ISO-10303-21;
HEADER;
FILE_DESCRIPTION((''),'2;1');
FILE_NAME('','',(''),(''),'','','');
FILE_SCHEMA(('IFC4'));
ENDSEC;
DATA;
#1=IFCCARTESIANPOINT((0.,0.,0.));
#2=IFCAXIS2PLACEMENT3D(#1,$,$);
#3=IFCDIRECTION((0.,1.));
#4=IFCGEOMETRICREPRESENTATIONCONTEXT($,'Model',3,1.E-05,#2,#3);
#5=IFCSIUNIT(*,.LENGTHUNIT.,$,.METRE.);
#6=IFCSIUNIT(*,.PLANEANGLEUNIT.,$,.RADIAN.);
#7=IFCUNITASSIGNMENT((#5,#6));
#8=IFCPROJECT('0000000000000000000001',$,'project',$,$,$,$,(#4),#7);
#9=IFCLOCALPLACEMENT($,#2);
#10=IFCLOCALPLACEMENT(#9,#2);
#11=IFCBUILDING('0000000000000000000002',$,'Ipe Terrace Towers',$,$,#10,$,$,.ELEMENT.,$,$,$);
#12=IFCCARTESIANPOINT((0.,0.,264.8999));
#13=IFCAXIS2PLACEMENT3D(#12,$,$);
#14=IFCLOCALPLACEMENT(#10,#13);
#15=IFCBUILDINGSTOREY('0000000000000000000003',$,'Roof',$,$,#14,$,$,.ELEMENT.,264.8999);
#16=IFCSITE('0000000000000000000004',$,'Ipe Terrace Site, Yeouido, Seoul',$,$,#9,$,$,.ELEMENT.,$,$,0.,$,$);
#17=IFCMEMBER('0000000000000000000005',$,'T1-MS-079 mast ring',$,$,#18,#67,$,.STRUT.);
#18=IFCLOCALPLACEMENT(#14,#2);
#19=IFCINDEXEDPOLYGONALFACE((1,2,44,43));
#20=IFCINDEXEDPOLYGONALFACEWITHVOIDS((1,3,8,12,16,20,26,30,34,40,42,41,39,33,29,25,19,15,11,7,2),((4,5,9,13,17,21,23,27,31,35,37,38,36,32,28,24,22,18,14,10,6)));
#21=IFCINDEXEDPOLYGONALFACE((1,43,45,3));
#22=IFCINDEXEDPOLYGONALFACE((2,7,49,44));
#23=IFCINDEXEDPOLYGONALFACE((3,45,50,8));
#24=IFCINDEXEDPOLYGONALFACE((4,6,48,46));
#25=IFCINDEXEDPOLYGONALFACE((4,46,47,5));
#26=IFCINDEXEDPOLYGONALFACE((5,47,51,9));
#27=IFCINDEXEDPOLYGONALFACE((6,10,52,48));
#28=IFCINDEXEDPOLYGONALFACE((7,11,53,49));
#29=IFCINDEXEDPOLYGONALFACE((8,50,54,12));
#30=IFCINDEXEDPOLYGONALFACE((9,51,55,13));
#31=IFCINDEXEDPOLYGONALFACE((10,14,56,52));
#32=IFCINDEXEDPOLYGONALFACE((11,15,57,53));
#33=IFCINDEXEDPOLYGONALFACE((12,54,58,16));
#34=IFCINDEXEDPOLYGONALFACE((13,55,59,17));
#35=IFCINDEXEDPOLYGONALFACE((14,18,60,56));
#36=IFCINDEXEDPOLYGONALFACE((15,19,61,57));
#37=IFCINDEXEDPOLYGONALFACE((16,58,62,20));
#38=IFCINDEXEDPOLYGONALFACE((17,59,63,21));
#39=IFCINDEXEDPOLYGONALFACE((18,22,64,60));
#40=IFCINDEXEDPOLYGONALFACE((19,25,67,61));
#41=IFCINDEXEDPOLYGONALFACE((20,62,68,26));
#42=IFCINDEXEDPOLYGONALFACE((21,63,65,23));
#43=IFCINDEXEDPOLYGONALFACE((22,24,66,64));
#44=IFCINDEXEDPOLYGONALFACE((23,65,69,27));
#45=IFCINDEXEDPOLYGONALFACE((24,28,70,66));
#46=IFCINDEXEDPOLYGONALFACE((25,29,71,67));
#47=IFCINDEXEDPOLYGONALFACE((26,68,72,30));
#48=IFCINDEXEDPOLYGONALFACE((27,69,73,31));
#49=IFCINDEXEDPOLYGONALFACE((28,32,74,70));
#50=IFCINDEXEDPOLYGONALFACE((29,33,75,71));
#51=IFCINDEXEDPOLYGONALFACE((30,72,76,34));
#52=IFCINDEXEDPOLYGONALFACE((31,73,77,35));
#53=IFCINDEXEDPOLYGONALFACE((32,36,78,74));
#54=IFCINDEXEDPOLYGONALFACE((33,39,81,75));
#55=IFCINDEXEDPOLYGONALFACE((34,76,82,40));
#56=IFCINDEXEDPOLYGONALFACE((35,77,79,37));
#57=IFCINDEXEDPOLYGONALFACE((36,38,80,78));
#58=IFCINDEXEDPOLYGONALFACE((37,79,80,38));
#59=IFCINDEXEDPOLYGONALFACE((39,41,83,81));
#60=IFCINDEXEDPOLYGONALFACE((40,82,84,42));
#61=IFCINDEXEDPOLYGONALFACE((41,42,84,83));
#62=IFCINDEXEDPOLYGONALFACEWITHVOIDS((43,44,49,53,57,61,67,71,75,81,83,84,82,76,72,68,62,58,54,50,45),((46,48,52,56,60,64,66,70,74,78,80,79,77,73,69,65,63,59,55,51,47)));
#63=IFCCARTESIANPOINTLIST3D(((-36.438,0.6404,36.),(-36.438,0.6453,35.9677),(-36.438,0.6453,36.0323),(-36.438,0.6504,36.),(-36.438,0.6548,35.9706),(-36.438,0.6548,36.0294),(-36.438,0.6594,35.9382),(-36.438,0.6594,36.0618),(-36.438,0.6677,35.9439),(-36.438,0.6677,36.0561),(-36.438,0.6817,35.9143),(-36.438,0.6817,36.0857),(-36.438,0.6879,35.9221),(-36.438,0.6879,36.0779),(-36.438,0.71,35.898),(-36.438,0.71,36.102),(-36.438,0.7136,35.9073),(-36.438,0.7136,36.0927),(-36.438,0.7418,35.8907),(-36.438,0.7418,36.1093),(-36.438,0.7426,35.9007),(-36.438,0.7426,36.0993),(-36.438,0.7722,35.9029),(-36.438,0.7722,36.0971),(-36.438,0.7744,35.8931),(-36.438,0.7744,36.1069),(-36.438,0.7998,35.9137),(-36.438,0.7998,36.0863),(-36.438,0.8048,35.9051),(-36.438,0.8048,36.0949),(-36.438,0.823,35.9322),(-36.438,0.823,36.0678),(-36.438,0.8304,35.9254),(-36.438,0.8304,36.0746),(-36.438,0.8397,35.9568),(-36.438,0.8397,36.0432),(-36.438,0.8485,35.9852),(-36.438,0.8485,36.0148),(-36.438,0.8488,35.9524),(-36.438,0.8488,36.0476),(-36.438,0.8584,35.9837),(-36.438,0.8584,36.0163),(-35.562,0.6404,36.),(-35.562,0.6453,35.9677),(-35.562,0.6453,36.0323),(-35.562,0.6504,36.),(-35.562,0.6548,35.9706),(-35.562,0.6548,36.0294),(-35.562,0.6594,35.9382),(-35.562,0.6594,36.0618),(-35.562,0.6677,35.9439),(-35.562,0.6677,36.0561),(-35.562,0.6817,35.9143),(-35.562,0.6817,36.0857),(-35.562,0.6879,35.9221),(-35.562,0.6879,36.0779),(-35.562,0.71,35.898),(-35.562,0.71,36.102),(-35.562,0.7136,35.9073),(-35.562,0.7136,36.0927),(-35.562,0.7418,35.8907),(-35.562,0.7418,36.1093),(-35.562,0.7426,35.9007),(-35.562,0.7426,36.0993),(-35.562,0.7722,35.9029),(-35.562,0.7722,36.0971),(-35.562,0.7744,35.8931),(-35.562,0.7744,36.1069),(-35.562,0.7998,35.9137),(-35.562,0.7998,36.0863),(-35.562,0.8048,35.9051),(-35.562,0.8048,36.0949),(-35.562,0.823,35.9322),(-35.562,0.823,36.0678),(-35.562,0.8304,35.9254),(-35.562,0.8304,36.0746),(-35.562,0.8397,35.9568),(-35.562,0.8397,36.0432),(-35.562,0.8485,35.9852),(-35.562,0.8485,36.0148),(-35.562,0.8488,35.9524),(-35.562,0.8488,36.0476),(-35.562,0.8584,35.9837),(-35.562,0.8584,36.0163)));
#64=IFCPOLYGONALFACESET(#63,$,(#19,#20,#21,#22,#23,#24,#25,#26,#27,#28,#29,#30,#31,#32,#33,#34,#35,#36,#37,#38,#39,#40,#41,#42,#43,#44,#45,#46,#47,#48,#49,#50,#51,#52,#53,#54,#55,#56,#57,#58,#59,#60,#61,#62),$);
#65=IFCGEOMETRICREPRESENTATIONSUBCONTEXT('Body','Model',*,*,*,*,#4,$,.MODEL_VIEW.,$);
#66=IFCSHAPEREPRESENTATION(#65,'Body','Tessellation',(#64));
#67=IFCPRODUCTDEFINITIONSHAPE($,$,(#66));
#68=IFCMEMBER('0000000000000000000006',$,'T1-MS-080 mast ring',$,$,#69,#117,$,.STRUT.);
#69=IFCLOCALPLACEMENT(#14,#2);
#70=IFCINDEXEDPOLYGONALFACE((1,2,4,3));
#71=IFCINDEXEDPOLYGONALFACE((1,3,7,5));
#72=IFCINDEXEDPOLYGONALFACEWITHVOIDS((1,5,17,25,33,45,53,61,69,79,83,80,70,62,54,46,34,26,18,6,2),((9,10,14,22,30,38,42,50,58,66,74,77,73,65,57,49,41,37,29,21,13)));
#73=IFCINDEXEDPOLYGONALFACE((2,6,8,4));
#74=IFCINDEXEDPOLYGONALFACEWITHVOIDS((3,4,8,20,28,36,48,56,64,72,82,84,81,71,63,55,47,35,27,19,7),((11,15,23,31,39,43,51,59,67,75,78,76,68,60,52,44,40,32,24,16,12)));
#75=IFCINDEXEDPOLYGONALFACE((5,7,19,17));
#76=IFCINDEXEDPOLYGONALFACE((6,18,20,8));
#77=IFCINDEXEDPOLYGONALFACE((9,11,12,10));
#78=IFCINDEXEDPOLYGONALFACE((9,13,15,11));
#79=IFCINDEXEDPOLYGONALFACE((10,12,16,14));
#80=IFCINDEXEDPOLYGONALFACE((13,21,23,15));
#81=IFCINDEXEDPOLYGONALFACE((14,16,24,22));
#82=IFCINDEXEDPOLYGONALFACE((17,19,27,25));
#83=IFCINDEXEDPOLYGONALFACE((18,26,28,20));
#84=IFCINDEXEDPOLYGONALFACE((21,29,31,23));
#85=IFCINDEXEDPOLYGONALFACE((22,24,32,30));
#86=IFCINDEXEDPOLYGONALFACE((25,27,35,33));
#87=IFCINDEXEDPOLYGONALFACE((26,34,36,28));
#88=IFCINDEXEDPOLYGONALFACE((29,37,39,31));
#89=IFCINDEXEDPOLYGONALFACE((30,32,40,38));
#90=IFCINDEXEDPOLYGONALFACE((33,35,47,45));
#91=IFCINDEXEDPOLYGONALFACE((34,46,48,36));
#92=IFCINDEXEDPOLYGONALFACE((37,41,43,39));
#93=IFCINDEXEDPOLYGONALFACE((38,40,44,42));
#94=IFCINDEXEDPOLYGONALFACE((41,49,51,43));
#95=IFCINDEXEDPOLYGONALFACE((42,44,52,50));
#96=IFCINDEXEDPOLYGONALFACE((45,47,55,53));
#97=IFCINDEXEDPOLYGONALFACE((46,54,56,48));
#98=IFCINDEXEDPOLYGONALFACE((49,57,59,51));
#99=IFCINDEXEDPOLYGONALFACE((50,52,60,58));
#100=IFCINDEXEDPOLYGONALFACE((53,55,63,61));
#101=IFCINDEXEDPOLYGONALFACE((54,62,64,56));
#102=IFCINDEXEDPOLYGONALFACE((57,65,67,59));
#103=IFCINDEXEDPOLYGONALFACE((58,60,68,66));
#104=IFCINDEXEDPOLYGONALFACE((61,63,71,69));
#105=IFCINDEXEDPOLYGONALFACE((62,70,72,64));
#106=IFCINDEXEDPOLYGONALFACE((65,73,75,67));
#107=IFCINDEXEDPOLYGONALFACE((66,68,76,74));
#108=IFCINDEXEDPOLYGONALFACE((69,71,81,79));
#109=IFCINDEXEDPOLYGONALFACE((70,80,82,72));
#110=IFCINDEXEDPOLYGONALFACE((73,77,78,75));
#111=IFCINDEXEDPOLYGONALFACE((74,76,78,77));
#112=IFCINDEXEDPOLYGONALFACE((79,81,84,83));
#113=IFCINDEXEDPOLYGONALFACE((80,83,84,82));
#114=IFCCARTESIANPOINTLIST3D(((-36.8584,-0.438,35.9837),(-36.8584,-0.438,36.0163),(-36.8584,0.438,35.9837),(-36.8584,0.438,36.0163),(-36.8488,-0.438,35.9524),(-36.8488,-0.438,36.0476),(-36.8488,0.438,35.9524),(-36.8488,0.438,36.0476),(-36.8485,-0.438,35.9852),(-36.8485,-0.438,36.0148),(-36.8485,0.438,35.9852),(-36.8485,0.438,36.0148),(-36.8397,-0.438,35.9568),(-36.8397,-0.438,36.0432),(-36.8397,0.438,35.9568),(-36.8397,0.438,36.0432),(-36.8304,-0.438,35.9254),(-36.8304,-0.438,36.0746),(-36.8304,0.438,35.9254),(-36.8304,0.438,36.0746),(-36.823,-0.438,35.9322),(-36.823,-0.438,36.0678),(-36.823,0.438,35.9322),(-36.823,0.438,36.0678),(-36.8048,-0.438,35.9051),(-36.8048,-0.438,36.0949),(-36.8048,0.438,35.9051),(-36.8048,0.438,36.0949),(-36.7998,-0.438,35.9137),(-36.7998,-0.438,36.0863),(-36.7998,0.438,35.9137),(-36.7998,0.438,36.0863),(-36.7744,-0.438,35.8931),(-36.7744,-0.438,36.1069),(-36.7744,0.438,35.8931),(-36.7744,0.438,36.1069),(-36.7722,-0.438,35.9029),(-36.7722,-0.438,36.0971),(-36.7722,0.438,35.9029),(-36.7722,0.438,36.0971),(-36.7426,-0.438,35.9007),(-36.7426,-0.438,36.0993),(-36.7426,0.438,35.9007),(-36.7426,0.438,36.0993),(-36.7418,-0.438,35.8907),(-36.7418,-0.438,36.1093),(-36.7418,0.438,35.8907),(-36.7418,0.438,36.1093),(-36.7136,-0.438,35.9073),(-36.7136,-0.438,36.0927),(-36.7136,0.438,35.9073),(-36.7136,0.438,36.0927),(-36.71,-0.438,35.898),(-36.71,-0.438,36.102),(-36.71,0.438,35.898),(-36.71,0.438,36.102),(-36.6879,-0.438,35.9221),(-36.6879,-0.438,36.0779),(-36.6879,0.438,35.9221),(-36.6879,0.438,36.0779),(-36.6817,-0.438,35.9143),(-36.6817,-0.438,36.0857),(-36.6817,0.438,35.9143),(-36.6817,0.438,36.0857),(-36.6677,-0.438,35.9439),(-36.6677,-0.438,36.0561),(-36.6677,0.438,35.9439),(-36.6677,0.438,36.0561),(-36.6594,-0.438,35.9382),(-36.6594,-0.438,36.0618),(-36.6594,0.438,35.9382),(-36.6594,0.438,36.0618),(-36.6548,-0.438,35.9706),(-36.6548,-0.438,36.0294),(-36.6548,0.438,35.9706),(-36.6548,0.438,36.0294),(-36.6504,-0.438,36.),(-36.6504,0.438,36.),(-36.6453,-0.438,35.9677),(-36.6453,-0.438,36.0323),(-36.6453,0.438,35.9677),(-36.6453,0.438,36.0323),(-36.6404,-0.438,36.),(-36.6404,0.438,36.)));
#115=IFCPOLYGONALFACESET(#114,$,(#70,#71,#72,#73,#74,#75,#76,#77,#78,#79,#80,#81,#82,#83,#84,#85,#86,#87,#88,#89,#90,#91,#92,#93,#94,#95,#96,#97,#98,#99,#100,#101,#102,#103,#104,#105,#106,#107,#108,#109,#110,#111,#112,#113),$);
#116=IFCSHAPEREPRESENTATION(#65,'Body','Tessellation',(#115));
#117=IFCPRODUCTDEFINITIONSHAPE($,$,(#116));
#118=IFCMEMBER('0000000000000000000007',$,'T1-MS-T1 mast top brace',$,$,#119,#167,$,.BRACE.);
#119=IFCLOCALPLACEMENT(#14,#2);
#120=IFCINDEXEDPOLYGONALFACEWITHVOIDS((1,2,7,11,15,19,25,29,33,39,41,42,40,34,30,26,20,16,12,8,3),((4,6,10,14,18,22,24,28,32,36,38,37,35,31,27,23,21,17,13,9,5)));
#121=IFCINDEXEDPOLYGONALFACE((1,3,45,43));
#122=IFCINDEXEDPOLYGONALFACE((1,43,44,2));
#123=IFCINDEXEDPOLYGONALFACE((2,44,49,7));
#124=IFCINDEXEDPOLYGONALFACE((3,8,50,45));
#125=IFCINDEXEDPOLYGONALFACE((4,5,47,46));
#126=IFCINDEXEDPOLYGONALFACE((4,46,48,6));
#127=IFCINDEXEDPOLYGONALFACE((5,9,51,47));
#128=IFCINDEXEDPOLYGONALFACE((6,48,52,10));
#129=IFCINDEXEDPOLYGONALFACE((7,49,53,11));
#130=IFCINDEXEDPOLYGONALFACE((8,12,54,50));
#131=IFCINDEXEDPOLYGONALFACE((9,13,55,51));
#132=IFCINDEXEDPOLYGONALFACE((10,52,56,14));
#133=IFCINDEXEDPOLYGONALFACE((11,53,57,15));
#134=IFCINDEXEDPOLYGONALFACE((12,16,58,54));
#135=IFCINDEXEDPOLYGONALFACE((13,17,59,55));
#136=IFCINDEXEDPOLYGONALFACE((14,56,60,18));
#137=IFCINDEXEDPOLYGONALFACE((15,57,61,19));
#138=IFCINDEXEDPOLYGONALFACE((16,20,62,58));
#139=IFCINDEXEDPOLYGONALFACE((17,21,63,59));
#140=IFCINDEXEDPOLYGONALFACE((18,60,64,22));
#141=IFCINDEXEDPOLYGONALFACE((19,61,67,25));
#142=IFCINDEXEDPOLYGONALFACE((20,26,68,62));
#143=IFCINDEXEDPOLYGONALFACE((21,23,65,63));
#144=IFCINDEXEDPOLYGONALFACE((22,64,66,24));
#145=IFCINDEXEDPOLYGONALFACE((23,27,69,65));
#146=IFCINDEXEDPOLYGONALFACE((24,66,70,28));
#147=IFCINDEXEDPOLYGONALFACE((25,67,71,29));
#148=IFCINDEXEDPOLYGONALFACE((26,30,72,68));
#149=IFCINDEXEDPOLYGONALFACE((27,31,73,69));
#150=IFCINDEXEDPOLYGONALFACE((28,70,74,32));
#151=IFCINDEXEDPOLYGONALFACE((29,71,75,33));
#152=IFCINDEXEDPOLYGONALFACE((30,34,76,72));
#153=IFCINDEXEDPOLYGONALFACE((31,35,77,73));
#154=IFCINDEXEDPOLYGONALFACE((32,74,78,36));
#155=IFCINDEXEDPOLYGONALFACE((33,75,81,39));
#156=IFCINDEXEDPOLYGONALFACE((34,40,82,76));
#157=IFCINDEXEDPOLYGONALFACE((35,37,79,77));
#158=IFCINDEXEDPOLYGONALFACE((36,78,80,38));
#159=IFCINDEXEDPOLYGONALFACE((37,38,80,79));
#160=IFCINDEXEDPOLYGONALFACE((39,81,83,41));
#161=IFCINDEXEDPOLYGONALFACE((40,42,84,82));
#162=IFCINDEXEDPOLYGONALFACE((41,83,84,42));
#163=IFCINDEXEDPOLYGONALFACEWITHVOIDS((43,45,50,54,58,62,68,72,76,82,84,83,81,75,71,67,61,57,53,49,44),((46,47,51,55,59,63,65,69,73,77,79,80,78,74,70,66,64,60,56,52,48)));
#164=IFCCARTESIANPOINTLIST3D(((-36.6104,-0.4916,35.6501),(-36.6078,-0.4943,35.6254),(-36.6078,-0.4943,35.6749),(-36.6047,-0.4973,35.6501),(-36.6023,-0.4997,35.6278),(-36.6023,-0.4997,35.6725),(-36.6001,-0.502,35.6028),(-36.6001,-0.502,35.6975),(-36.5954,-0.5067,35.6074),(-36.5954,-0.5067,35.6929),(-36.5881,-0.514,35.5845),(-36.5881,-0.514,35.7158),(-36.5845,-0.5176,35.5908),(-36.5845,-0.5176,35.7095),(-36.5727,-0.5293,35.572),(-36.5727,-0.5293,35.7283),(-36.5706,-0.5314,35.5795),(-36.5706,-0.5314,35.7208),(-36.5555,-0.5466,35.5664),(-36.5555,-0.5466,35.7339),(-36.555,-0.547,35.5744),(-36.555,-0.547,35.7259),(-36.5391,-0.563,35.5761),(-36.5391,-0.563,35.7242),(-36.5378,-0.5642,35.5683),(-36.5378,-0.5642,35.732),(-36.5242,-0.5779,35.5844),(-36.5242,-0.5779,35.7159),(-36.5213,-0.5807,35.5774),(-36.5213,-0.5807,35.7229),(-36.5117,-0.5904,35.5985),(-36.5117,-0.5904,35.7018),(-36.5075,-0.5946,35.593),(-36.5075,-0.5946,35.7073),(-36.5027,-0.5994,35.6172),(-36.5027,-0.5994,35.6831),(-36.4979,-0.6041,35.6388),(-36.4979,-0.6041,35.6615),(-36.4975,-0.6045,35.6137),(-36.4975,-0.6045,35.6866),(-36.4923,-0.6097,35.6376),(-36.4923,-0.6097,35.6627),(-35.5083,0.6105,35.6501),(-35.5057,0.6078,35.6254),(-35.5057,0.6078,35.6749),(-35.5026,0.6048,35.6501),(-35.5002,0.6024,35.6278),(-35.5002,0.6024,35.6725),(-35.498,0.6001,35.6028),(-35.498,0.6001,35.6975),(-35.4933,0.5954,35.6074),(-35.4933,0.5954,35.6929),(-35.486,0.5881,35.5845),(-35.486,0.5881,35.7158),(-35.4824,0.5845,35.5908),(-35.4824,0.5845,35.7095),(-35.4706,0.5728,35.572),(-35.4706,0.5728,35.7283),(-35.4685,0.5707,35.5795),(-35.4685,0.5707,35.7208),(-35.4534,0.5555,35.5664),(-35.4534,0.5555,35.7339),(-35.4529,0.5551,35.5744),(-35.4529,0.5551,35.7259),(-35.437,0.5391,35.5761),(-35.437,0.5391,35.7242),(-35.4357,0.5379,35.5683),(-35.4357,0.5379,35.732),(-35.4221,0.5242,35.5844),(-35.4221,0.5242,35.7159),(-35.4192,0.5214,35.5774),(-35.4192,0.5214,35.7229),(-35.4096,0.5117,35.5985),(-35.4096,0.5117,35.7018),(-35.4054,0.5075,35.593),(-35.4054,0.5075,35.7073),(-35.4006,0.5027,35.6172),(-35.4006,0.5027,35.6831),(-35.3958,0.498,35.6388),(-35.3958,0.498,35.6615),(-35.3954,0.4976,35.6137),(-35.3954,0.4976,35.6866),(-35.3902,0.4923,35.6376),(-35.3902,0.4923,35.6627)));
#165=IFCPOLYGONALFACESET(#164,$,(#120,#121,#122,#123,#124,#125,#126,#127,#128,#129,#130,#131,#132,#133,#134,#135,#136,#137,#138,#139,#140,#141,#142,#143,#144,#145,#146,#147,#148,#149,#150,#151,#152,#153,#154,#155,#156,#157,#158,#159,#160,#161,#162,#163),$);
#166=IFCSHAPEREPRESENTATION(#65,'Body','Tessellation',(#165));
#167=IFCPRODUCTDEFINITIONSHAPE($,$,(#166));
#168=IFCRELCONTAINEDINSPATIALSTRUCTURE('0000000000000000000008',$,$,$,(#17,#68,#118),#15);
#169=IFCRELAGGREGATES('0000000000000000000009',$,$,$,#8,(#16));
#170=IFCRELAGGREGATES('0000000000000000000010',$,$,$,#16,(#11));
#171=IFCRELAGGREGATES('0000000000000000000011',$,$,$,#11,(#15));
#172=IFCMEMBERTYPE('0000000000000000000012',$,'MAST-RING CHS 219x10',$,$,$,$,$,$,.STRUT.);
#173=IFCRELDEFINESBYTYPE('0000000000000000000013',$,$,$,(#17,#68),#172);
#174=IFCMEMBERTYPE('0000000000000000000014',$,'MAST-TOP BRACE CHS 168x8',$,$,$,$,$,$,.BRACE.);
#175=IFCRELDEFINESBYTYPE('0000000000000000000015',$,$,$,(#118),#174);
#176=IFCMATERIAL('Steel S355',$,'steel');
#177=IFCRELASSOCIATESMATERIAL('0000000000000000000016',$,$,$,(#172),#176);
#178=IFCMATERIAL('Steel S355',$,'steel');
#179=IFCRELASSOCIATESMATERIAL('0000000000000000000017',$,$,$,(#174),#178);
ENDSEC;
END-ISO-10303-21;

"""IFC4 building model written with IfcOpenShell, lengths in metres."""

from ifc_helpers import new_model, si_unit, direction, frame, origin, origin_2d, place, context, subcontext, project, spatial, hollow_circle, extrude, material, material_profile, profile_set, type_object, element, save


model = new_model("IFC4")

# Units and contexts
model_context = context("Model", 3, precision=1e-05, world=origin(), true_north=direction((0.0, 1.0)))
body_context = subcontext(model_context, "Body", "Model", "MODEL_VIEW")
ifc_project = project(units=[si_unit("LENGTHUNIT", "METRE"), si_unit("PLANEANGLEUNIT", "RADIAN")], contexts=[model_context])

# Site, building, storey
site_placement = place(None, origin())
site = spatial("IfcSite", under=ifc_project, at=site_placement, Name="Ipe Terrace Site, Yeouido, Seoul", CompositionType="ELEMENT", RefElevation=0.0)
building_placement = place(site_placement, origin())
building = spatial("IfcBuilding", under=site, at=building_placement, Name="Ipe Terrace Towers", CompositionType="ELEMENT")
storey_placement = place(building_placement, frame((0.0, 0.0, 264.8999)))
storey = spatial("IfcBuildingStorey", under=building, at=storey_placement, Name="Roof", CompositionType="ELEMENT", Elevation=264.8999)

# Members
ifc_material_1 = material(Name="Steel S355", Category="steel")
ifc_material_profile_1 = material_profile(ifc_material_1, hollow_circle(Radius=0.1096, WallThickness=0.01, at=origin_2d()), Name="MAST-RING CHS 219x10")
ifc_profile_set_1 = profile_set([ifc_material_profile_1], Name="Steel S355")
member_type_1 = type_object("IfcMemberType", Name="MAST-RING CHS 219x10", PredefinedType="STRUT", material=ifc_profile_set_1)
for number, where, z_axis, x_axis, name in (
    (1, (-35.562, 0.75, 36.0), (-1.0, 0.0, 0.0), (0.0, -1.0, 0.0), "T1-MS-079 mast ring"),
    (2, (-36.75, 0.438, 36.0), (0.0, -1.0, 0.0), (1.0, 0.0, 0.0), "T1-MS-080 mast ring"),
):
    element("IfcMember", number, at=place(storey_placement, frame(where, z_axis=z_axis, x_axis=x_axis)), inside=storey, type_object=member_type_1, Name=name, PredefinedType="STRUT", context=body_context, shape_type="SweptSolid", body=[
        extrude(hollow_circle(Radius=0.1096, WallThickness=0.01, at=origin_2d()), origin(), (0.0, 0.0, 1.0), 0.876),
    ])
ifc_material_2 = material(Name="Steel S355", Category="steel")
ifc_material_profile_2 = material_profile(ifc_material_2, hollow_circle(Radius=0.084, WallThickness=0.0081, at=origin_2d()), Name="MAST-TOP BRACE CHS 168x8")
ifc_profile_set_2 = profile_set([ifc_material_profile_2], Name="Steel S355")
member_type_2 = type_object("IfcMemberType", Name="MAST-TOP BRACE CHS 168x8", PredefinedType="BRACE", material=ifc_profile_set_2)
member_1_placement = place(storey_placement, frame((-36.551, -0.551, 35.6501), z_axis=(0.707107, 0.707107, 0.0), x_axis=(-0.707107, 0.707107, 0.0)))
element("IfcMember", 3, at=member_1_placement, inside=storey, type_object=member_type_2, Name="T1-MS-T1 mast top brace", PredefinedType="BRACE", context=body_context, shape_type="SweptSolid", body=[
    extrude(hollow_circle(Radius=0.084, WallThickness=0.0081, at=origin_2d()), origin(), (0.0, 0.0, 1.0), 1.5586),
])

save(model, "model.ifc")
